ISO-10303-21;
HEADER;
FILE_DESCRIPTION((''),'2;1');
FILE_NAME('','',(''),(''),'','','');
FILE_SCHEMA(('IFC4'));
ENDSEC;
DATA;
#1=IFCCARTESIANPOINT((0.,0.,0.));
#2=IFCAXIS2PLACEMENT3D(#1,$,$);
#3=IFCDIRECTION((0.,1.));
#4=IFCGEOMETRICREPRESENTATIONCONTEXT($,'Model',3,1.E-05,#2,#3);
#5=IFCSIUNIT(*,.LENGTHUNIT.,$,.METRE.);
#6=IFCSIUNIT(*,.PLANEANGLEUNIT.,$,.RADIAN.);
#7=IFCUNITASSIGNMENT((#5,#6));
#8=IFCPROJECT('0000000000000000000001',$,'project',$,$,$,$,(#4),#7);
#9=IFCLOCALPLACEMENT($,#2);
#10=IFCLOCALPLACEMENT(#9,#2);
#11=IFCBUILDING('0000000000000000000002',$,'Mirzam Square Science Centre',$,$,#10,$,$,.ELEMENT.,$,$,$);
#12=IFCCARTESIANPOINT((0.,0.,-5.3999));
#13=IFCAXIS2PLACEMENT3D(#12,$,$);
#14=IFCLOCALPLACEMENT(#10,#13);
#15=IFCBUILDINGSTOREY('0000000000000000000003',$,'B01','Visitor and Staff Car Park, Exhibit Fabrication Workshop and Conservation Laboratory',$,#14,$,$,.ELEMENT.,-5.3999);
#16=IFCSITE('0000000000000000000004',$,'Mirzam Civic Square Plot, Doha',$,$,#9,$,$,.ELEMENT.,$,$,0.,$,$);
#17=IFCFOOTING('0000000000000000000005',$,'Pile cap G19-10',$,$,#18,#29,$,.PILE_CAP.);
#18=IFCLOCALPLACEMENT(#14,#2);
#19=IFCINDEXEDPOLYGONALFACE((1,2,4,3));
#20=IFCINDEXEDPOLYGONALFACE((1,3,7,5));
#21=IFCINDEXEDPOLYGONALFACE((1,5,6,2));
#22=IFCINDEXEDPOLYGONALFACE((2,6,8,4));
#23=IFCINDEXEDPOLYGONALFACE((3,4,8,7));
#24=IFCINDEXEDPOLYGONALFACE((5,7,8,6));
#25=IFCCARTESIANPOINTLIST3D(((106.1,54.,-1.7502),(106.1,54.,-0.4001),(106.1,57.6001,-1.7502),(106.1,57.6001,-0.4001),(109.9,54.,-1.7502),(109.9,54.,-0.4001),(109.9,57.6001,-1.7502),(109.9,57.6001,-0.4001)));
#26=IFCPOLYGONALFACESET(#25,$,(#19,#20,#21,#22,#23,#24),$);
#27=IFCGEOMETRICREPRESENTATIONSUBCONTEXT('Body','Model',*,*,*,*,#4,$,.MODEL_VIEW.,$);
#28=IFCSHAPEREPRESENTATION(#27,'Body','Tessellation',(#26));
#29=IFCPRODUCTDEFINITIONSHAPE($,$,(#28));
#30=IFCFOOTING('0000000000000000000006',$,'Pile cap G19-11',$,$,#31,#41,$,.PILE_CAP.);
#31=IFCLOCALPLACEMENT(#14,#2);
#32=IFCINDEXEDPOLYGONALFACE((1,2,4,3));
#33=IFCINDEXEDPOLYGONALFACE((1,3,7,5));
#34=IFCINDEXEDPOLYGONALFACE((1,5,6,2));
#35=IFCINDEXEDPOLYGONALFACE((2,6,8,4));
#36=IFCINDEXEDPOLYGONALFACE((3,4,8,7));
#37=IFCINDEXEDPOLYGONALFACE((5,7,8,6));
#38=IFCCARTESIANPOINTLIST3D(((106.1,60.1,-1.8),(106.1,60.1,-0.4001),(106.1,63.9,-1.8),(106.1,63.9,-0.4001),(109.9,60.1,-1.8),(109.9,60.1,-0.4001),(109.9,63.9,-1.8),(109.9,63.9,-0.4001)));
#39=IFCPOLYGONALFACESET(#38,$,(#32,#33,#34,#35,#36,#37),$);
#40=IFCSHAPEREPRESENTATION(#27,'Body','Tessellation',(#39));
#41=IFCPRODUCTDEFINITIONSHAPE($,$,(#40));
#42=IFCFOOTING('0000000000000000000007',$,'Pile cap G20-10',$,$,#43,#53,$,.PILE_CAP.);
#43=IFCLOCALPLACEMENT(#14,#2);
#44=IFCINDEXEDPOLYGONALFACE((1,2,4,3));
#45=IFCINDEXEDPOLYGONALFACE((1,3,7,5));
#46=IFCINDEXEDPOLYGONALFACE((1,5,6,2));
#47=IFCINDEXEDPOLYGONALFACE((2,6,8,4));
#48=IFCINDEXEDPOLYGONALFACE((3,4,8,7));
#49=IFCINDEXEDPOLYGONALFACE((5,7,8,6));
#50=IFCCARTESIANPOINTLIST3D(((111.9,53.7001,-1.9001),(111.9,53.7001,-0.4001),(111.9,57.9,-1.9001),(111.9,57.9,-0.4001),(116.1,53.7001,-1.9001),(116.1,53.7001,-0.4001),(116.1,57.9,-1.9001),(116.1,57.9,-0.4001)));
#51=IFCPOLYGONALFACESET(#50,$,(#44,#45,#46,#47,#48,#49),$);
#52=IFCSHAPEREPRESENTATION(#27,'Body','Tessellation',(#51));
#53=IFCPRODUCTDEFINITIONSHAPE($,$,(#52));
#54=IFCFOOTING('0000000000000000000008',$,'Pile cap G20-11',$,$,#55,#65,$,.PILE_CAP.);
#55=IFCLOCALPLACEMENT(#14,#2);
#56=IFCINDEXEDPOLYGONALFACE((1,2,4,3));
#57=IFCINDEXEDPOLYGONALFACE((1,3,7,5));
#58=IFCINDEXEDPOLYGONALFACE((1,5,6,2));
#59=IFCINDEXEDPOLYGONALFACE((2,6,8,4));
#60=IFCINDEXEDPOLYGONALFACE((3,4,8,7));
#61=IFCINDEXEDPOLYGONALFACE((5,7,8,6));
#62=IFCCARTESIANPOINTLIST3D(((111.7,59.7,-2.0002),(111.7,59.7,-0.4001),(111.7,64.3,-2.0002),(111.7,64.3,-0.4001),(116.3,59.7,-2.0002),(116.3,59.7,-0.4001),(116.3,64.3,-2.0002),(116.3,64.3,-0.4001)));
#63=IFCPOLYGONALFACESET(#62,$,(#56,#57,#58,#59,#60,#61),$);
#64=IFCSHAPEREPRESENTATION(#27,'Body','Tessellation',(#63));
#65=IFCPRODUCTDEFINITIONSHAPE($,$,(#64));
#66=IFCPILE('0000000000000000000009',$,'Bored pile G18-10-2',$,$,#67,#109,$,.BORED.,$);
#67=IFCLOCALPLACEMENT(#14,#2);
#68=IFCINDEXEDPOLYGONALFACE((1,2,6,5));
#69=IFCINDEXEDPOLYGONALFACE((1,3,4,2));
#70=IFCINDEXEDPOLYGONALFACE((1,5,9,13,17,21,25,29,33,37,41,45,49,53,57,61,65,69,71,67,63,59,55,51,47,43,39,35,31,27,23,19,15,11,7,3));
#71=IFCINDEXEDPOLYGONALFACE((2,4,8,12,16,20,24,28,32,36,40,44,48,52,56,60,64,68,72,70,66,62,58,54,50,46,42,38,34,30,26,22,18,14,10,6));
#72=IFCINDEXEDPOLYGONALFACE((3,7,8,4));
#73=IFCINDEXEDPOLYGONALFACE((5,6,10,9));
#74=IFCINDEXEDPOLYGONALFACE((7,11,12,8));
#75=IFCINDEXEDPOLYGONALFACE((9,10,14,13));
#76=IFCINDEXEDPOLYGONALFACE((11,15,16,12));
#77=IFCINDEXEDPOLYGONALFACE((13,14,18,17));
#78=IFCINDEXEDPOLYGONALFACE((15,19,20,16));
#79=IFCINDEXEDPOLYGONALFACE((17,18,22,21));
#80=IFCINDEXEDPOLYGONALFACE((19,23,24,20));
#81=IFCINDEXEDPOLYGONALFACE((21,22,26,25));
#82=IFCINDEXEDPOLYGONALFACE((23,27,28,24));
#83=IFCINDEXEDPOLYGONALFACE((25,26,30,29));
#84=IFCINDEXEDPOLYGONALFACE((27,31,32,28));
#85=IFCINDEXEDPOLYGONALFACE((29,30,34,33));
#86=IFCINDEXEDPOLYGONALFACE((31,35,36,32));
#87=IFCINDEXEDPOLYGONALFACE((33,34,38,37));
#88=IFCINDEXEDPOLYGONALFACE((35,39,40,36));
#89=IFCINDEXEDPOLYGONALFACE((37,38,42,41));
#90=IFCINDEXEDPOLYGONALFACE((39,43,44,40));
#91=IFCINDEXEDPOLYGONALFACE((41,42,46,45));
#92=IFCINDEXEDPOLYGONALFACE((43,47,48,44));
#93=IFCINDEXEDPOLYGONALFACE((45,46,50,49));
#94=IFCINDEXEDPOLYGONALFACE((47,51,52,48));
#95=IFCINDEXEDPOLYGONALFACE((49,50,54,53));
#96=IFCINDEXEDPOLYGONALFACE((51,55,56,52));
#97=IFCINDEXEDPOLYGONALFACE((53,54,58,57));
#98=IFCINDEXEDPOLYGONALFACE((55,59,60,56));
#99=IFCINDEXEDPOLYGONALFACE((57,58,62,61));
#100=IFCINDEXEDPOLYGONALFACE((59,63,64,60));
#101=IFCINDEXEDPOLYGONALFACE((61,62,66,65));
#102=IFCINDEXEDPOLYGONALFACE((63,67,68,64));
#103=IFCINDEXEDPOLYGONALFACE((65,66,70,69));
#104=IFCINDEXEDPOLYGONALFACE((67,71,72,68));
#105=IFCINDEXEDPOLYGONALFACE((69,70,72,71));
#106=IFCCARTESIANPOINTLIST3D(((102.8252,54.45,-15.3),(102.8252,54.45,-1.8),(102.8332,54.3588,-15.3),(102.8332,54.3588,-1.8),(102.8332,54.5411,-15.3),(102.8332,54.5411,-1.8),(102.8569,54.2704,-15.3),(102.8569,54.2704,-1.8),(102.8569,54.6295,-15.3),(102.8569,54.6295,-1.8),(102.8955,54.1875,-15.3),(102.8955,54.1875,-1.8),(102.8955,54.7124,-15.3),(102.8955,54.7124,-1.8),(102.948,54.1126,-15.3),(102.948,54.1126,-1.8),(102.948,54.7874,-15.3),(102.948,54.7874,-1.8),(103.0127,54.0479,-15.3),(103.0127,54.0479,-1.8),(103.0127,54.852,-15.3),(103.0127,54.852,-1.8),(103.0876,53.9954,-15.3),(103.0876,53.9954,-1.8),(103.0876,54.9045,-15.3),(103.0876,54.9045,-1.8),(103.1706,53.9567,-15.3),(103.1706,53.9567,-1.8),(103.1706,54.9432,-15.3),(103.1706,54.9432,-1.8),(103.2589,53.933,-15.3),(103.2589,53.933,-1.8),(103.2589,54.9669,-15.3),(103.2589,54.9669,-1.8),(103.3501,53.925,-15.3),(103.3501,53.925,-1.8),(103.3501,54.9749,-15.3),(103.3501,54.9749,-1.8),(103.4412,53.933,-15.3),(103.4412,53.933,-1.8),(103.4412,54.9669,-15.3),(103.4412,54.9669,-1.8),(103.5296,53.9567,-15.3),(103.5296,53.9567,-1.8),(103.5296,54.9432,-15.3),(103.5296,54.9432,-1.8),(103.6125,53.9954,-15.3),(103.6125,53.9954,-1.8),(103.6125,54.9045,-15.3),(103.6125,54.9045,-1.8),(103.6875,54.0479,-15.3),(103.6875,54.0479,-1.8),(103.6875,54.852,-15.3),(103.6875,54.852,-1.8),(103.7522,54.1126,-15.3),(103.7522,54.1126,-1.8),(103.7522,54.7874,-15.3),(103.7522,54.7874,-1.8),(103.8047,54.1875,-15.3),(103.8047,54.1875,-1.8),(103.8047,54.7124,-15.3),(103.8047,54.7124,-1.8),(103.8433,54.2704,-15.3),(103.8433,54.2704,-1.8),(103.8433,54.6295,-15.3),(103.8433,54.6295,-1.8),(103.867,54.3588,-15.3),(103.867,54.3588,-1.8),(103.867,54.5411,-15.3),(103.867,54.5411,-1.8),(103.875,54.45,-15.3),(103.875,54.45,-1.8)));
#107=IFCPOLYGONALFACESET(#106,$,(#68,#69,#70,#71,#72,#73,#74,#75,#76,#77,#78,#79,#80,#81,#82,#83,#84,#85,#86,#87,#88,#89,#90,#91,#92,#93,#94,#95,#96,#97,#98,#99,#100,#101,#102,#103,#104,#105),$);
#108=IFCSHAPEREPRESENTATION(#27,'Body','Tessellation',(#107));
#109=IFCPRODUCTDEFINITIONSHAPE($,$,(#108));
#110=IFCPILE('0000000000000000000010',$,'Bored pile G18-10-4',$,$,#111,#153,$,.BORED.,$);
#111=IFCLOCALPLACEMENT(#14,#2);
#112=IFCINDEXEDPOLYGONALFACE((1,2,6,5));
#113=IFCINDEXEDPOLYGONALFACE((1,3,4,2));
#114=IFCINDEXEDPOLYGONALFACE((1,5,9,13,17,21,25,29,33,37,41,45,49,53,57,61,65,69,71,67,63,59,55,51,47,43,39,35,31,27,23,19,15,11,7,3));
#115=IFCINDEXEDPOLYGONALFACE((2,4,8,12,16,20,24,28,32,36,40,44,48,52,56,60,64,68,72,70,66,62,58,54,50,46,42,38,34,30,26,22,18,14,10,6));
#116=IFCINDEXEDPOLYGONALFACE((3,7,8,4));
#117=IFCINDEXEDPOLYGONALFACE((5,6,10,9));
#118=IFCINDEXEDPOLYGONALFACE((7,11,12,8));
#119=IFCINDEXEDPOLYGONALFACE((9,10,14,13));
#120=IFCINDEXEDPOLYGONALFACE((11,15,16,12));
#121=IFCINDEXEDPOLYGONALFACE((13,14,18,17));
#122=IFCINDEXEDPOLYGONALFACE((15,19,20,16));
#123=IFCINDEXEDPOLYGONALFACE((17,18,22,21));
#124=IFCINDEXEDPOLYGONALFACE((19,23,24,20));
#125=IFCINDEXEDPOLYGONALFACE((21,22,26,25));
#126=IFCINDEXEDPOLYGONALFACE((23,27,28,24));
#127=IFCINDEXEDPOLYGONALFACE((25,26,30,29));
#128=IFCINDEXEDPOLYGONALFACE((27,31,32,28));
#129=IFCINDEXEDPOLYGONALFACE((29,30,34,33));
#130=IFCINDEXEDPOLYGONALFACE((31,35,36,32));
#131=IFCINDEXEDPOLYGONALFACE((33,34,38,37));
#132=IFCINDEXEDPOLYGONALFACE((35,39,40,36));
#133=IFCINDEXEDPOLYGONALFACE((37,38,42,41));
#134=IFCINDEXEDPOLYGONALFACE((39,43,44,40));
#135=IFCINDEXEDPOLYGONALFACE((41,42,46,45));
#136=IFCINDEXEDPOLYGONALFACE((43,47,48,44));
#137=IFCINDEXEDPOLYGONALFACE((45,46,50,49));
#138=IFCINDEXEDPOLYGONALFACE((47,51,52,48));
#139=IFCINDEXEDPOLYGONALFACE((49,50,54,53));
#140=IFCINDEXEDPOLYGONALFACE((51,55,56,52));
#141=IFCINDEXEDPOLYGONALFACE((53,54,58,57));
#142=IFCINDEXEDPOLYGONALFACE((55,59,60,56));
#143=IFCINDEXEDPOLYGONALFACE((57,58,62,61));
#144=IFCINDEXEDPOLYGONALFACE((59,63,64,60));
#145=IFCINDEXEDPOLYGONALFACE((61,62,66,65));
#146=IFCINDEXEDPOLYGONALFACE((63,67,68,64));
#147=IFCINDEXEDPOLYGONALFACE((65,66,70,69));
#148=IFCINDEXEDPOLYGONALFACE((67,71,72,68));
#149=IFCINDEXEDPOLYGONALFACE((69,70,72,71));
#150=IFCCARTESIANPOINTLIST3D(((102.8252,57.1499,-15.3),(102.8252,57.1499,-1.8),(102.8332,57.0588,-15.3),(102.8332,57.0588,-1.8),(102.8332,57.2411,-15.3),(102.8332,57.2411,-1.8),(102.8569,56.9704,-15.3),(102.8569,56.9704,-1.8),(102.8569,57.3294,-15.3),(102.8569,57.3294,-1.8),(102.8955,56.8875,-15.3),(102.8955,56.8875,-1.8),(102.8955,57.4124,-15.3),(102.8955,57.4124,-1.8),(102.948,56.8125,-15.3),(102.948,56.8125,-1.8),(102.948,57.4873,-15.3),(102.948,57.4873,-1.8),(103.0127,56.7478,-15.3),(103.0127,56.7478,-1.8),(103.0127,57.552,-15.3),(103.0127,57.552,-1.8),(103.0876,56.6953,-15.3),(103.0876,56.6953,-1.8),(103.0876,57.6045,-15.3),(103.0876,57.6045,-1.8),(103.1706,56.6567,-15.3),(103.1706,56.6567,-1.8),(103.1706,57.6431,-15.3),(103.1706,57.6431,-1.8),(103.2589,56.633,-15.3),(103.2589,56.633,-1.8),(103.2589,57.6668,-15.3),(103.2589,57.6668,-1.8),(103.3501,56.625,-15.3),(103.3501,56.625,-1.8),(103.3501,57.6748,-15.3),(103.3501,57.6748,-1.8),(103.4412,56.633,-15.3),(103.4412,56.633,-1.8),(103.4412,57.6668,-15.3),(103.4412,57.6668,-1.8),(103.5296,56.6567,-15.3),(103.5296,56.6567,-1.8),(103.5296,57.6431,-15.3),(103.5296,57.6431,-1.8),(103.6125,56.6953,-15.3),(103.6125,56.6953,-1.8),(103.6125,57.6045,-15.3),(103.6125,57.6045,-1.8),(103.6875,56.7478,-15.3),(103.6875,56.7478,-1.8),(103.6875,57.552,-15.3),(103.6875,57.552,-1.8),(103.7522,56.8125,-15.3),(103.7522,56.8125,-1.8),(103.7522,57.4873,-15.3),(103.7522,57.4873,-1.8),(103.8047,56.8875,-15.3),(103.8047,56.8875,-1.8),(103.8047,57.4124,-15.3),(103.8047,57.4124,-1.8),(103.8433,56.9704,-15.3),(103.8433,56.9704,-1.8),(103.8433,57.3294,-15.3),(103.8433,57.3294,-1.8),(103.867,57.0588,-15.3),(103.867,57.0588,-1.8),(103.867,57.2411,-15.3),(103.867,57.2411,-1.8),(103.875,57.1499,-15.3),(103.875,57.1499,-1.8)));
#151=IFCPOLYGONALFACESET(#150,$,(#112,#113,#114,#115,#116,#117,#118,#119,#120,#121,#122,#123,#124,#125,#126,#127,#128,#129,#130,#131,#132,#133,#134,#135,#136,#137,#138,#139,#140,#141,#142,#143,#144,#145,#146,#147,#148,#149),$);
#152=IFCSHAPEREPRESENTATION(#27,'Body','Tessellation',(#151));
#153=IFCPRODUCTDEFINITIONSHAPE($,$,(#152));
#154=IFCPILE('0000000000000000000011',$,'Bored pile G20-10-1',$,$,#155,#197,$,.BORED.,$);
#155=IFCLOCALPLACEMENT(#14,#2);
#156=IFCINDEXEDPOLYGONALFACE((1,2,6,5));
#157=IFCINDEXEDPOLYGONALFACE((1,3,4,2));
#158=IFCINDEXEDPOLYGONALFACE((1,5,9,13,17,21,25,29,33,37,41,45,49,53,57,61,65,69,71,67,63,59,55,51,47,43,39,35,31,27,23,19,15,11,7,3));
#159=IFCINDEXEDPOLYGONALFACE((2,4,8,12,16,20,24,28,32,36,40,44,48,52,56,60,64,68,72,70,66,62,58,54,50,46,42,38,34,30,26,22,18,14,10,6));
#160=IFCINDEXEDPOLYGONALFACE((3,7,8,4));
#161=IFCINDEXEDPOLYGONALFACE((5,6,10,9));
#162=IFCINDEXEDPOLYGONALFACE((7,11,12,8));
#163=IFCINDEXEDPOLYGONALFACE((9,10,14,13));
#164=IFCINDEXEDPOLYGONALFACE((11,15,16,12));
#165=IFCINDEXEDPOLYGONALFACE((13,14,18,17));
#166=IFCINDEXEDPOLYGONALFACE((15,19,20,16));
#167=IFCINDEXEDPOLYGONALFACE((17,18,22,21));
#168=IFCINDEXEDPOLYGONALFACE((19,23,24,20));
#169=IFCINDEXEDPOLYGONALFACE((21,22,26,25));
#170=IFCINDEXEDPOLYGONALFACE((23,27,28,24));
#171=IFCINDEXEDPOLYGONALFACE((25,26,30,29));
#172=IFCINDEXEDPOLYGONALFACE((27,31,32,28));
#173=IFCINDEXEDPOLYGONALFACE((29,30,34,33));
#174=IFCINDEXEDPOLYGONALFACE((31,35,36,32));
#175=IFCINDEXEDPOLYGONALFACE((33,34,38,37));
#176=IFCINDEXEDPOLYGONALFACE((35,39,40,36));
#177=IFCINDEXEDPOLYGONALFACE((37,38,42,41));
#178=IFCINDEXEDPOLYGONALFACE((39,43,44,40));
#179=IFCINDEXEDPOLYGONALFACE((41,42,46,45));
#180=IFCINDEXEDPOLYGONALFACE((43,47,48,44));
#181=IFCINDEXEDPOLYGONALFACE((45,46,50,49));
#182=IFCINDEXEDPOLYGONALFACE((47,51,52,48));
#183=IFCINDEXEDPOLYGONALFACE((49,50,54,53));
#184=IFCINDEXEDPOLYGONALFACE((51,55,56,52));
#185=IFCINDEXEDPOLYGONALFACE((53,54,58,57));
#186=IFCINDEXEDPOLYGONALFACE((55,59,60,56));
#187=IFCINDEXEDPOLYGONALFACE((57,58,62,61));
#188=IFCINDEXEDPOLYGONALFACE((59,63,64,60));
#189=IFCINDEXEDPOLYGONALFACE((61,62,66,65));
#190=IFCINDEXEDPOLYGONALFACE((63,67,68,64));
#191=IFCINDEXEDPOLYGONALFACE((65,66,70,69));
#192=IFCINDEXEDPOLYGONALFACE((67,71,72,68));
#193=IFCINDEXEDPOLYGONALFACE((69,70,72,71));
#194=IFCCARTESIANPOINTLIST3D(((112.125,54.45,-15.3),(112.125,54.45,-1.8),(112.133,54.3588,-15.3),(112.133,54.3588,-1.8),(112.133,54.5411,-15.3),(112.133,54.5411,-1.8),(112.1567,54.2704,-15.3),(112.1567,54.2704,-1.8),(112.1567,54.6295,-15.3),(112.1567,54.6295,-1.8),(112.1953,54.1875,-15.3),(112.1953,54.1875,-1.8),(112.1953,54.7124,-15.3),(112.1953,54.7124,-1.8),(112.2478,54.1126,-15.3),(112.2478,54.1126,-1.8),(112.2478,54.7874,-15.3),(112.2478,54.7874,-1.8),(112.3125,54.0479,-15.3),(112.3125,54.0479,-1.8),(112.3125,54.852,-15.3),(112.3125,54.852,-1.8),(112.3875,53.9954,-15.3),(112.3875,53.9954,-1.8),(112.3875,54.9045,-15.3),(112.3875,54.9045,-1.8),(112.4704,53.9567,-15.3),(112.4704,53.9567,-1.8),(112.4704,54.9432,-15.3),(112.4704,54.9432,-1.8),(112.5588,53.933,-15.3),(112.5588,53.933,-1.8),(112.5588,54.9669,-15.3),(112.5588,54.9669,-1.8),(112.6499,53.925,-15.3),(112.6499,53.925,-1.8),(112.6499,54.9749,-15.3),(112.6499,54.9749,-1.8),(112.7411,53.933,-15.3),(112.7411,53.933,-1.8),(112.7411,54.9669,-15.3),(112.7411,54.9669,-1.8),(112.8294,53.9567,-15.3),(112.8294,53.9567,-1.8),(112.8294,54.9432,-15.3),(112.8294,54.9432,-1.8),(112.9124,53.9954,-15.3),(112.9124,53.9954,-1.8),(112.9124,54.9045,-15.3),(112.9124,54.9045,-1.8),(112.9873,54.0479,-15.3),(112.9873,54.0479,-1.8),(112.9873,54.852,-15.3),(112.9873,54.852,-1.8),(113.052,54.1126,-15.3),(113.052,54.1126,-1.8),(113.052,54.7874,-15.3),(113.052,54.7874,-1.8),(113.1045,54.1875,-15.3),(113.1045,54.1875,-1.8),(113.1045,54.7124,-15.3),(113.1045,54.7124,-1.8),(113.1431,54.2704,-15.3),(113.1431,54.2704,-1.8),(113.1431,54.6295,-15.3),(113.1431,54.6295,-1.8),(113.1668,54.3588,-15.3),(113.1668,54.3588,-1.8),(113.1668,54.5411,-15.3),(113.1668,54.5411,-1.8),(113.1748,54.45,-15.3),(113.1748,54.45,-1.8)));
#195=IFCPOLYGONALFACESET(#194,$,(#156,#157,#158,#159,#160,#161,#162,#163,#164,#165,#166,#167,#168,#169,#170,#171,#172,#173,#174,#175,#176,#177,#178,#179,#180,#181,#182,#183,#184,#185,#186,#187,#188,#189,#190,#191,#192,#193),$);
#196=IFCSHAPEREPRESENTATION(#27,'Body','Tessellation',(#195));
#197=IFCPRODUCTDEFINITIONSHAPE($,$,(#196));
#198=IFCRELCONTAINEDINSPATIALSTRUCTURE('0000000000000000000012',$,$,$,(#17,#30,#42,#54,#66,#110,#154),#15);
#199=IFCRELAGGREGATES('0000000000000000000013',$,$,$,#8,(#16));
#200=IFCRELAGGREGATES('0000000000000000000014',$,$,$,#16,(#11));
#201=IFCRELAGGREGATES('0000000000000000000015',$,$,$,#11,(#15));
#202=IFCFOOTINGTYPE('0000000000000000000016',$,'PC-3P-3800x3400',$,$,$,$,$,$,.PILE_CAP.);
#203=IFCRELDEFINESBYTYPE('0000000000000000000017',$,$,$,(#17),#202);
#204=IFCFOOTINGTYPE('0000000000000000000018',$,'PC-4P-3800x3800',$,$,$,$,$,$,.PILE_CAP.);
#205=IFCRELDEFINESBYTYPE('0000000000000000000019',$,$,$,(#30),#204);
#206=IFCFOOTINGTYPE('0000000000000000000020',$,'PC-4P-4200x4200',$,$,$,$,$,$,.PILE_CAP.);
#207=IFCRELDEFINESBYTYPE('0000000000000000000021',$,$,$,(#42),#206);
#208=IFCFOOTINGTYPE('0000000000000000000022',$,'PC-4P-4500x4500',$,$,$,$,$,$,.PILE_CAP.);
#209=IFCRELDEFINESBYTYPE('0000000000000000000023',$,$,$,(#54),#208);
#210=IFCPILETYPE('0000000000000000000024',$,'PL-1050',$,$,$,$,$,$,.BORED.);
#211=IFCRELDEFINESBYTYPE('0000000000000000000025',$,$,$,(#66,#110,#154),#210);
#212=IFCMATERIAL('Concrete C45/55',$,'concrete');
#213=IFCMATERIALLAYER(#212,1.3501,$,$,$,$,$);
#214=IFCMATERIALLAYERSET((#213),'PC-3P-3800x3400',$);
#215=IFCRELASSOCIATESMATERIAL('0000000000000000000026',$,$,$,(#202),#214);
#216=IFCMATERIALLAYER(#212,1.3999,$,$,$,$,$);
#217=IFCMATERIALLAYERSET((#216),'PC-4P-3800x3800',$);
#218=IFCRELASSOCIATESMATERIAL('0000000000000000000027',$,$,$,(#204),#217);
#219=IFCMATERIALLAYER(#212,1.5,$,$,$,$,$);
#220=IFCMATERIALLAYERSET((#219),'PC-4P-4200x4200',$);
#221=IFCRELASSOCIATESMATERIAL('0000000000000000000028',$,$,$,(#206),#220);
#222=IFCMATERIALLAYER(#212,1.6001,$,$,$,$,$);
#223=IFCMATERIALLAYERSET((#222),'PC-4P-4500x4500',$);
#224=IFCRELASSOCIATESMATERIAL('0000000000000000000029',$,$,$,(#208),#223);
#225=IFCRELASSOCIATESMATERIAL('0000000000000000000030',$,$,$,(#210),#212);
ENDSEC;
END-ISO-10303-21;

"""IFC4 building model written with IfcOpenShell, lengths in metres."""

from ifc_helpers import new_model, si_unit, direction, frame, origin, origin_2d, place, context, subcontext, project, spatial, rectangle, circle, extrude, material, layer, layer_set, material_profile, profile_set, type_object, element, save


model = new_model("IFC4")

# Units and contexts
model_context = context("Model", 3, precision=1e-05, world=origin(), true_north=direction((0.0, 1.0)))
body_context = subcontext(model_context, "Body", "Model", "MODEL_VIEW")
ifc_project = project(units=[si_unit("LENGTHUNIT", "METRE"), si_unit("PLANEANGLEUNIT", "RADIAN")], contexts=[model_context])

# Site, building, storey
site_placement = place(None, origin())
site = spatial("IfcSite", under=ifc_project, at=site_placement, Name="Mirzam Civic Square Plot, Doha", CompositionType="ELEMENT", RefElevation=0.0)
building_placement = place(site_placement, origin())
building = spatial("IfcBuilding", under=site, at=building_placement, Name="Mirzam Square Science Centre", CompositionType="ELEMENT")
storey_placement = place(building_placement, frame((0.0, 0.0, -5.3999)))
storey = spatial("IfcBuildingStorey", under=building, at=storey_placement, Name="B01", Description="Visitor and Staff Car Park, Exhibit Fabrication Workshop and Conservation Laboratory", CompositionType="ELEMENT", Elevation=-5.3999)

# Footings
ifc_material_1 = material(Name="Concrete C45/55", Category="concrete")
ifc_layer_1 = layer(ifc_material_1, 1.3501)
ifc_layer_set_1 = layer_set([ifc_layer_1], Name="PC-3P-3800x3400")
footing_type_1 = type_object("IfcFootingType", Name="PC-3P-3800x3400", PredefinedType="PILE_CAP", material=ifc_layer_set_1)
footing_1_placement = place(storey_placement, frame((108.0, 55.8, -1.7502), z_axis=(0.0, 0.0, 1.0), x_axis=(1.0, 0.0, 0.0)))
element("IfcFooting", 1, at=footing_1_placement, inside=storey, type_object=footing_type_1, Name="Pile cap G19-10", PredefinedType="PILE_CAP", context=body_context, shape_type="SweptSolid", body=[
    extrude(rectangle(XDim=3.8, YDim=3.6001, at=origin_2d()), origin(), (0.0, 0.0, 1.0), 1.3501),
])
ifc_layer_2 = layer(ifc_material_1, 1.3999)
ifc_layer_set_2 = layer_set([ifc_layer_2], Name="PC-4P-3800x3800")
footing_type_2 = type_object("IfcFootingType", Name="PC-4P-3800x3800", PredefinedType="PILE_CAP", material=ifc_layer_set_2)
footing_2_placement = place(storey_placement, frame((108.0, 62.0, -1.8), z_axis=(0.0, 0.0, 1.0), x_axis=(1.0, 0.0, 0.0)))
element("IfcFooting", 2, at=footing_2_placement, inside=storey, type_object=footing_type_2, Name="Pile cap G19-11", PredefinedType="PILE_CAP", context=body_context, shape_type="SweptSolid", body=[
    extrude(rectangle(XDim=3.8, YDim=3.8, at=origin_2d()), origin(), (0.0, 0.0, 1.0), 1.3999),
])
ifc_layer_3 = layer(ifc_material_1, 1.5)
ifc_layer_set_3 = layer_set([ifc_layer_3], Name="PC-4P-4200x4200")
footing_type_3 = type_object("IfcFootingType", Name="PC-4P-4200x4200", PredefinedType="PILE_CAP", material=ifc_layer_set_3)
footing_3_placement = place(storey_placement, frame((114.0, 55.8, -1.9001), z_axis=(0.0, 0.0, 1.0), x_axis=(1.0, 0.0, 0.0)))
element("IfcFooting", 3, at=footing_3_placement, inside=storey, type_object=footing_type_3, Name="Pile cap G20-10", PredefinedType="PILE_CAP", context=body_context, shape_type="SweptSolid", body=[
    extrude(rectangle(XDim=4.2, YDim=4.2, at=origin_2d()), origin(), (0.0, 0.0, 1.0), 1.5),
])
ifc_layer_4 = layer(ifc_material_1, 1.6001)
ifc_layer_set_4 = layer_set([ifc_layer_4], Name="PC-4P-4500x4500")
footing_type_4 = type_object("IfcFootingType", Name="PC-4P-4500x4500", PredefinedType="PILE_CAP", material=ifc_layer_set_4)
footing_4_placement = place(storey_placement, frame((114.0, 62.0, -2.0002), z_axis=(0.0, 0.0, 1.0), x_axis=(1.0, 0.0, 0.0)))
element("IfcFooting", 4, at=footing_4_placement, inside=storey, type_object=footing_type_4, Name="Pile cap G20-11", PredefinedType="PILE_CAP", context=body_context, shape_type="SweptSolid", body=[
    extrude(rectangle(XDim=4.6001, YDim=4.6001, at=origin_2d()), origin(), (0.0, 0.0, 1.0), 1.6001),
])

# Piles
ifc_material_profile_1 = material_profile(ifc_material_1, circle(Radius=0.5249, at=origin_2d()), Name="PILE-D1050")
ifc_profile_set_1 = profile_set([ifc_material_profile_1], Name="Concrete C45/55")
pile_type_1 = type_object("IfcPileType", Name="PL-1050", PredefinedType="BORED", material=ifc_profile_set_1)
for number, where, z_axis, x_axis, name in (
    (5, (103.3501, 54.45, -1.8), (0.0, 0.0, -1.0), (1.0, 0.0, 0.0), "Bored pile G18-10-2"),
    (6, (103.3501, 57.1499, -1.8), (0.0, 0.0, -1.0), (1.0, 0.0, 0.0), "Bored pile G18-10-4"),
    (7, (112.6499, 54.45, -1.8), (0.0, 0.0, -1.0), (1.0, 0.0, 0.0), "Bored pile G20-10-1"),
):
    element("IfcPile", number, at=place(storey_placement, frame(where, z_axis=z_axis, x_axis=x_axis)), inside=storey, type_object=pile_type_1, Name=name, PredefinedType="BORED", context=body_context, shape_type="SweptSolid", body=[
        extrude(circle(Radius=0.5249, at=origin_2d()), origin(), (0.0, 0.0, 1.0), 13.5),
    ])

save(model, "model.ifc")
